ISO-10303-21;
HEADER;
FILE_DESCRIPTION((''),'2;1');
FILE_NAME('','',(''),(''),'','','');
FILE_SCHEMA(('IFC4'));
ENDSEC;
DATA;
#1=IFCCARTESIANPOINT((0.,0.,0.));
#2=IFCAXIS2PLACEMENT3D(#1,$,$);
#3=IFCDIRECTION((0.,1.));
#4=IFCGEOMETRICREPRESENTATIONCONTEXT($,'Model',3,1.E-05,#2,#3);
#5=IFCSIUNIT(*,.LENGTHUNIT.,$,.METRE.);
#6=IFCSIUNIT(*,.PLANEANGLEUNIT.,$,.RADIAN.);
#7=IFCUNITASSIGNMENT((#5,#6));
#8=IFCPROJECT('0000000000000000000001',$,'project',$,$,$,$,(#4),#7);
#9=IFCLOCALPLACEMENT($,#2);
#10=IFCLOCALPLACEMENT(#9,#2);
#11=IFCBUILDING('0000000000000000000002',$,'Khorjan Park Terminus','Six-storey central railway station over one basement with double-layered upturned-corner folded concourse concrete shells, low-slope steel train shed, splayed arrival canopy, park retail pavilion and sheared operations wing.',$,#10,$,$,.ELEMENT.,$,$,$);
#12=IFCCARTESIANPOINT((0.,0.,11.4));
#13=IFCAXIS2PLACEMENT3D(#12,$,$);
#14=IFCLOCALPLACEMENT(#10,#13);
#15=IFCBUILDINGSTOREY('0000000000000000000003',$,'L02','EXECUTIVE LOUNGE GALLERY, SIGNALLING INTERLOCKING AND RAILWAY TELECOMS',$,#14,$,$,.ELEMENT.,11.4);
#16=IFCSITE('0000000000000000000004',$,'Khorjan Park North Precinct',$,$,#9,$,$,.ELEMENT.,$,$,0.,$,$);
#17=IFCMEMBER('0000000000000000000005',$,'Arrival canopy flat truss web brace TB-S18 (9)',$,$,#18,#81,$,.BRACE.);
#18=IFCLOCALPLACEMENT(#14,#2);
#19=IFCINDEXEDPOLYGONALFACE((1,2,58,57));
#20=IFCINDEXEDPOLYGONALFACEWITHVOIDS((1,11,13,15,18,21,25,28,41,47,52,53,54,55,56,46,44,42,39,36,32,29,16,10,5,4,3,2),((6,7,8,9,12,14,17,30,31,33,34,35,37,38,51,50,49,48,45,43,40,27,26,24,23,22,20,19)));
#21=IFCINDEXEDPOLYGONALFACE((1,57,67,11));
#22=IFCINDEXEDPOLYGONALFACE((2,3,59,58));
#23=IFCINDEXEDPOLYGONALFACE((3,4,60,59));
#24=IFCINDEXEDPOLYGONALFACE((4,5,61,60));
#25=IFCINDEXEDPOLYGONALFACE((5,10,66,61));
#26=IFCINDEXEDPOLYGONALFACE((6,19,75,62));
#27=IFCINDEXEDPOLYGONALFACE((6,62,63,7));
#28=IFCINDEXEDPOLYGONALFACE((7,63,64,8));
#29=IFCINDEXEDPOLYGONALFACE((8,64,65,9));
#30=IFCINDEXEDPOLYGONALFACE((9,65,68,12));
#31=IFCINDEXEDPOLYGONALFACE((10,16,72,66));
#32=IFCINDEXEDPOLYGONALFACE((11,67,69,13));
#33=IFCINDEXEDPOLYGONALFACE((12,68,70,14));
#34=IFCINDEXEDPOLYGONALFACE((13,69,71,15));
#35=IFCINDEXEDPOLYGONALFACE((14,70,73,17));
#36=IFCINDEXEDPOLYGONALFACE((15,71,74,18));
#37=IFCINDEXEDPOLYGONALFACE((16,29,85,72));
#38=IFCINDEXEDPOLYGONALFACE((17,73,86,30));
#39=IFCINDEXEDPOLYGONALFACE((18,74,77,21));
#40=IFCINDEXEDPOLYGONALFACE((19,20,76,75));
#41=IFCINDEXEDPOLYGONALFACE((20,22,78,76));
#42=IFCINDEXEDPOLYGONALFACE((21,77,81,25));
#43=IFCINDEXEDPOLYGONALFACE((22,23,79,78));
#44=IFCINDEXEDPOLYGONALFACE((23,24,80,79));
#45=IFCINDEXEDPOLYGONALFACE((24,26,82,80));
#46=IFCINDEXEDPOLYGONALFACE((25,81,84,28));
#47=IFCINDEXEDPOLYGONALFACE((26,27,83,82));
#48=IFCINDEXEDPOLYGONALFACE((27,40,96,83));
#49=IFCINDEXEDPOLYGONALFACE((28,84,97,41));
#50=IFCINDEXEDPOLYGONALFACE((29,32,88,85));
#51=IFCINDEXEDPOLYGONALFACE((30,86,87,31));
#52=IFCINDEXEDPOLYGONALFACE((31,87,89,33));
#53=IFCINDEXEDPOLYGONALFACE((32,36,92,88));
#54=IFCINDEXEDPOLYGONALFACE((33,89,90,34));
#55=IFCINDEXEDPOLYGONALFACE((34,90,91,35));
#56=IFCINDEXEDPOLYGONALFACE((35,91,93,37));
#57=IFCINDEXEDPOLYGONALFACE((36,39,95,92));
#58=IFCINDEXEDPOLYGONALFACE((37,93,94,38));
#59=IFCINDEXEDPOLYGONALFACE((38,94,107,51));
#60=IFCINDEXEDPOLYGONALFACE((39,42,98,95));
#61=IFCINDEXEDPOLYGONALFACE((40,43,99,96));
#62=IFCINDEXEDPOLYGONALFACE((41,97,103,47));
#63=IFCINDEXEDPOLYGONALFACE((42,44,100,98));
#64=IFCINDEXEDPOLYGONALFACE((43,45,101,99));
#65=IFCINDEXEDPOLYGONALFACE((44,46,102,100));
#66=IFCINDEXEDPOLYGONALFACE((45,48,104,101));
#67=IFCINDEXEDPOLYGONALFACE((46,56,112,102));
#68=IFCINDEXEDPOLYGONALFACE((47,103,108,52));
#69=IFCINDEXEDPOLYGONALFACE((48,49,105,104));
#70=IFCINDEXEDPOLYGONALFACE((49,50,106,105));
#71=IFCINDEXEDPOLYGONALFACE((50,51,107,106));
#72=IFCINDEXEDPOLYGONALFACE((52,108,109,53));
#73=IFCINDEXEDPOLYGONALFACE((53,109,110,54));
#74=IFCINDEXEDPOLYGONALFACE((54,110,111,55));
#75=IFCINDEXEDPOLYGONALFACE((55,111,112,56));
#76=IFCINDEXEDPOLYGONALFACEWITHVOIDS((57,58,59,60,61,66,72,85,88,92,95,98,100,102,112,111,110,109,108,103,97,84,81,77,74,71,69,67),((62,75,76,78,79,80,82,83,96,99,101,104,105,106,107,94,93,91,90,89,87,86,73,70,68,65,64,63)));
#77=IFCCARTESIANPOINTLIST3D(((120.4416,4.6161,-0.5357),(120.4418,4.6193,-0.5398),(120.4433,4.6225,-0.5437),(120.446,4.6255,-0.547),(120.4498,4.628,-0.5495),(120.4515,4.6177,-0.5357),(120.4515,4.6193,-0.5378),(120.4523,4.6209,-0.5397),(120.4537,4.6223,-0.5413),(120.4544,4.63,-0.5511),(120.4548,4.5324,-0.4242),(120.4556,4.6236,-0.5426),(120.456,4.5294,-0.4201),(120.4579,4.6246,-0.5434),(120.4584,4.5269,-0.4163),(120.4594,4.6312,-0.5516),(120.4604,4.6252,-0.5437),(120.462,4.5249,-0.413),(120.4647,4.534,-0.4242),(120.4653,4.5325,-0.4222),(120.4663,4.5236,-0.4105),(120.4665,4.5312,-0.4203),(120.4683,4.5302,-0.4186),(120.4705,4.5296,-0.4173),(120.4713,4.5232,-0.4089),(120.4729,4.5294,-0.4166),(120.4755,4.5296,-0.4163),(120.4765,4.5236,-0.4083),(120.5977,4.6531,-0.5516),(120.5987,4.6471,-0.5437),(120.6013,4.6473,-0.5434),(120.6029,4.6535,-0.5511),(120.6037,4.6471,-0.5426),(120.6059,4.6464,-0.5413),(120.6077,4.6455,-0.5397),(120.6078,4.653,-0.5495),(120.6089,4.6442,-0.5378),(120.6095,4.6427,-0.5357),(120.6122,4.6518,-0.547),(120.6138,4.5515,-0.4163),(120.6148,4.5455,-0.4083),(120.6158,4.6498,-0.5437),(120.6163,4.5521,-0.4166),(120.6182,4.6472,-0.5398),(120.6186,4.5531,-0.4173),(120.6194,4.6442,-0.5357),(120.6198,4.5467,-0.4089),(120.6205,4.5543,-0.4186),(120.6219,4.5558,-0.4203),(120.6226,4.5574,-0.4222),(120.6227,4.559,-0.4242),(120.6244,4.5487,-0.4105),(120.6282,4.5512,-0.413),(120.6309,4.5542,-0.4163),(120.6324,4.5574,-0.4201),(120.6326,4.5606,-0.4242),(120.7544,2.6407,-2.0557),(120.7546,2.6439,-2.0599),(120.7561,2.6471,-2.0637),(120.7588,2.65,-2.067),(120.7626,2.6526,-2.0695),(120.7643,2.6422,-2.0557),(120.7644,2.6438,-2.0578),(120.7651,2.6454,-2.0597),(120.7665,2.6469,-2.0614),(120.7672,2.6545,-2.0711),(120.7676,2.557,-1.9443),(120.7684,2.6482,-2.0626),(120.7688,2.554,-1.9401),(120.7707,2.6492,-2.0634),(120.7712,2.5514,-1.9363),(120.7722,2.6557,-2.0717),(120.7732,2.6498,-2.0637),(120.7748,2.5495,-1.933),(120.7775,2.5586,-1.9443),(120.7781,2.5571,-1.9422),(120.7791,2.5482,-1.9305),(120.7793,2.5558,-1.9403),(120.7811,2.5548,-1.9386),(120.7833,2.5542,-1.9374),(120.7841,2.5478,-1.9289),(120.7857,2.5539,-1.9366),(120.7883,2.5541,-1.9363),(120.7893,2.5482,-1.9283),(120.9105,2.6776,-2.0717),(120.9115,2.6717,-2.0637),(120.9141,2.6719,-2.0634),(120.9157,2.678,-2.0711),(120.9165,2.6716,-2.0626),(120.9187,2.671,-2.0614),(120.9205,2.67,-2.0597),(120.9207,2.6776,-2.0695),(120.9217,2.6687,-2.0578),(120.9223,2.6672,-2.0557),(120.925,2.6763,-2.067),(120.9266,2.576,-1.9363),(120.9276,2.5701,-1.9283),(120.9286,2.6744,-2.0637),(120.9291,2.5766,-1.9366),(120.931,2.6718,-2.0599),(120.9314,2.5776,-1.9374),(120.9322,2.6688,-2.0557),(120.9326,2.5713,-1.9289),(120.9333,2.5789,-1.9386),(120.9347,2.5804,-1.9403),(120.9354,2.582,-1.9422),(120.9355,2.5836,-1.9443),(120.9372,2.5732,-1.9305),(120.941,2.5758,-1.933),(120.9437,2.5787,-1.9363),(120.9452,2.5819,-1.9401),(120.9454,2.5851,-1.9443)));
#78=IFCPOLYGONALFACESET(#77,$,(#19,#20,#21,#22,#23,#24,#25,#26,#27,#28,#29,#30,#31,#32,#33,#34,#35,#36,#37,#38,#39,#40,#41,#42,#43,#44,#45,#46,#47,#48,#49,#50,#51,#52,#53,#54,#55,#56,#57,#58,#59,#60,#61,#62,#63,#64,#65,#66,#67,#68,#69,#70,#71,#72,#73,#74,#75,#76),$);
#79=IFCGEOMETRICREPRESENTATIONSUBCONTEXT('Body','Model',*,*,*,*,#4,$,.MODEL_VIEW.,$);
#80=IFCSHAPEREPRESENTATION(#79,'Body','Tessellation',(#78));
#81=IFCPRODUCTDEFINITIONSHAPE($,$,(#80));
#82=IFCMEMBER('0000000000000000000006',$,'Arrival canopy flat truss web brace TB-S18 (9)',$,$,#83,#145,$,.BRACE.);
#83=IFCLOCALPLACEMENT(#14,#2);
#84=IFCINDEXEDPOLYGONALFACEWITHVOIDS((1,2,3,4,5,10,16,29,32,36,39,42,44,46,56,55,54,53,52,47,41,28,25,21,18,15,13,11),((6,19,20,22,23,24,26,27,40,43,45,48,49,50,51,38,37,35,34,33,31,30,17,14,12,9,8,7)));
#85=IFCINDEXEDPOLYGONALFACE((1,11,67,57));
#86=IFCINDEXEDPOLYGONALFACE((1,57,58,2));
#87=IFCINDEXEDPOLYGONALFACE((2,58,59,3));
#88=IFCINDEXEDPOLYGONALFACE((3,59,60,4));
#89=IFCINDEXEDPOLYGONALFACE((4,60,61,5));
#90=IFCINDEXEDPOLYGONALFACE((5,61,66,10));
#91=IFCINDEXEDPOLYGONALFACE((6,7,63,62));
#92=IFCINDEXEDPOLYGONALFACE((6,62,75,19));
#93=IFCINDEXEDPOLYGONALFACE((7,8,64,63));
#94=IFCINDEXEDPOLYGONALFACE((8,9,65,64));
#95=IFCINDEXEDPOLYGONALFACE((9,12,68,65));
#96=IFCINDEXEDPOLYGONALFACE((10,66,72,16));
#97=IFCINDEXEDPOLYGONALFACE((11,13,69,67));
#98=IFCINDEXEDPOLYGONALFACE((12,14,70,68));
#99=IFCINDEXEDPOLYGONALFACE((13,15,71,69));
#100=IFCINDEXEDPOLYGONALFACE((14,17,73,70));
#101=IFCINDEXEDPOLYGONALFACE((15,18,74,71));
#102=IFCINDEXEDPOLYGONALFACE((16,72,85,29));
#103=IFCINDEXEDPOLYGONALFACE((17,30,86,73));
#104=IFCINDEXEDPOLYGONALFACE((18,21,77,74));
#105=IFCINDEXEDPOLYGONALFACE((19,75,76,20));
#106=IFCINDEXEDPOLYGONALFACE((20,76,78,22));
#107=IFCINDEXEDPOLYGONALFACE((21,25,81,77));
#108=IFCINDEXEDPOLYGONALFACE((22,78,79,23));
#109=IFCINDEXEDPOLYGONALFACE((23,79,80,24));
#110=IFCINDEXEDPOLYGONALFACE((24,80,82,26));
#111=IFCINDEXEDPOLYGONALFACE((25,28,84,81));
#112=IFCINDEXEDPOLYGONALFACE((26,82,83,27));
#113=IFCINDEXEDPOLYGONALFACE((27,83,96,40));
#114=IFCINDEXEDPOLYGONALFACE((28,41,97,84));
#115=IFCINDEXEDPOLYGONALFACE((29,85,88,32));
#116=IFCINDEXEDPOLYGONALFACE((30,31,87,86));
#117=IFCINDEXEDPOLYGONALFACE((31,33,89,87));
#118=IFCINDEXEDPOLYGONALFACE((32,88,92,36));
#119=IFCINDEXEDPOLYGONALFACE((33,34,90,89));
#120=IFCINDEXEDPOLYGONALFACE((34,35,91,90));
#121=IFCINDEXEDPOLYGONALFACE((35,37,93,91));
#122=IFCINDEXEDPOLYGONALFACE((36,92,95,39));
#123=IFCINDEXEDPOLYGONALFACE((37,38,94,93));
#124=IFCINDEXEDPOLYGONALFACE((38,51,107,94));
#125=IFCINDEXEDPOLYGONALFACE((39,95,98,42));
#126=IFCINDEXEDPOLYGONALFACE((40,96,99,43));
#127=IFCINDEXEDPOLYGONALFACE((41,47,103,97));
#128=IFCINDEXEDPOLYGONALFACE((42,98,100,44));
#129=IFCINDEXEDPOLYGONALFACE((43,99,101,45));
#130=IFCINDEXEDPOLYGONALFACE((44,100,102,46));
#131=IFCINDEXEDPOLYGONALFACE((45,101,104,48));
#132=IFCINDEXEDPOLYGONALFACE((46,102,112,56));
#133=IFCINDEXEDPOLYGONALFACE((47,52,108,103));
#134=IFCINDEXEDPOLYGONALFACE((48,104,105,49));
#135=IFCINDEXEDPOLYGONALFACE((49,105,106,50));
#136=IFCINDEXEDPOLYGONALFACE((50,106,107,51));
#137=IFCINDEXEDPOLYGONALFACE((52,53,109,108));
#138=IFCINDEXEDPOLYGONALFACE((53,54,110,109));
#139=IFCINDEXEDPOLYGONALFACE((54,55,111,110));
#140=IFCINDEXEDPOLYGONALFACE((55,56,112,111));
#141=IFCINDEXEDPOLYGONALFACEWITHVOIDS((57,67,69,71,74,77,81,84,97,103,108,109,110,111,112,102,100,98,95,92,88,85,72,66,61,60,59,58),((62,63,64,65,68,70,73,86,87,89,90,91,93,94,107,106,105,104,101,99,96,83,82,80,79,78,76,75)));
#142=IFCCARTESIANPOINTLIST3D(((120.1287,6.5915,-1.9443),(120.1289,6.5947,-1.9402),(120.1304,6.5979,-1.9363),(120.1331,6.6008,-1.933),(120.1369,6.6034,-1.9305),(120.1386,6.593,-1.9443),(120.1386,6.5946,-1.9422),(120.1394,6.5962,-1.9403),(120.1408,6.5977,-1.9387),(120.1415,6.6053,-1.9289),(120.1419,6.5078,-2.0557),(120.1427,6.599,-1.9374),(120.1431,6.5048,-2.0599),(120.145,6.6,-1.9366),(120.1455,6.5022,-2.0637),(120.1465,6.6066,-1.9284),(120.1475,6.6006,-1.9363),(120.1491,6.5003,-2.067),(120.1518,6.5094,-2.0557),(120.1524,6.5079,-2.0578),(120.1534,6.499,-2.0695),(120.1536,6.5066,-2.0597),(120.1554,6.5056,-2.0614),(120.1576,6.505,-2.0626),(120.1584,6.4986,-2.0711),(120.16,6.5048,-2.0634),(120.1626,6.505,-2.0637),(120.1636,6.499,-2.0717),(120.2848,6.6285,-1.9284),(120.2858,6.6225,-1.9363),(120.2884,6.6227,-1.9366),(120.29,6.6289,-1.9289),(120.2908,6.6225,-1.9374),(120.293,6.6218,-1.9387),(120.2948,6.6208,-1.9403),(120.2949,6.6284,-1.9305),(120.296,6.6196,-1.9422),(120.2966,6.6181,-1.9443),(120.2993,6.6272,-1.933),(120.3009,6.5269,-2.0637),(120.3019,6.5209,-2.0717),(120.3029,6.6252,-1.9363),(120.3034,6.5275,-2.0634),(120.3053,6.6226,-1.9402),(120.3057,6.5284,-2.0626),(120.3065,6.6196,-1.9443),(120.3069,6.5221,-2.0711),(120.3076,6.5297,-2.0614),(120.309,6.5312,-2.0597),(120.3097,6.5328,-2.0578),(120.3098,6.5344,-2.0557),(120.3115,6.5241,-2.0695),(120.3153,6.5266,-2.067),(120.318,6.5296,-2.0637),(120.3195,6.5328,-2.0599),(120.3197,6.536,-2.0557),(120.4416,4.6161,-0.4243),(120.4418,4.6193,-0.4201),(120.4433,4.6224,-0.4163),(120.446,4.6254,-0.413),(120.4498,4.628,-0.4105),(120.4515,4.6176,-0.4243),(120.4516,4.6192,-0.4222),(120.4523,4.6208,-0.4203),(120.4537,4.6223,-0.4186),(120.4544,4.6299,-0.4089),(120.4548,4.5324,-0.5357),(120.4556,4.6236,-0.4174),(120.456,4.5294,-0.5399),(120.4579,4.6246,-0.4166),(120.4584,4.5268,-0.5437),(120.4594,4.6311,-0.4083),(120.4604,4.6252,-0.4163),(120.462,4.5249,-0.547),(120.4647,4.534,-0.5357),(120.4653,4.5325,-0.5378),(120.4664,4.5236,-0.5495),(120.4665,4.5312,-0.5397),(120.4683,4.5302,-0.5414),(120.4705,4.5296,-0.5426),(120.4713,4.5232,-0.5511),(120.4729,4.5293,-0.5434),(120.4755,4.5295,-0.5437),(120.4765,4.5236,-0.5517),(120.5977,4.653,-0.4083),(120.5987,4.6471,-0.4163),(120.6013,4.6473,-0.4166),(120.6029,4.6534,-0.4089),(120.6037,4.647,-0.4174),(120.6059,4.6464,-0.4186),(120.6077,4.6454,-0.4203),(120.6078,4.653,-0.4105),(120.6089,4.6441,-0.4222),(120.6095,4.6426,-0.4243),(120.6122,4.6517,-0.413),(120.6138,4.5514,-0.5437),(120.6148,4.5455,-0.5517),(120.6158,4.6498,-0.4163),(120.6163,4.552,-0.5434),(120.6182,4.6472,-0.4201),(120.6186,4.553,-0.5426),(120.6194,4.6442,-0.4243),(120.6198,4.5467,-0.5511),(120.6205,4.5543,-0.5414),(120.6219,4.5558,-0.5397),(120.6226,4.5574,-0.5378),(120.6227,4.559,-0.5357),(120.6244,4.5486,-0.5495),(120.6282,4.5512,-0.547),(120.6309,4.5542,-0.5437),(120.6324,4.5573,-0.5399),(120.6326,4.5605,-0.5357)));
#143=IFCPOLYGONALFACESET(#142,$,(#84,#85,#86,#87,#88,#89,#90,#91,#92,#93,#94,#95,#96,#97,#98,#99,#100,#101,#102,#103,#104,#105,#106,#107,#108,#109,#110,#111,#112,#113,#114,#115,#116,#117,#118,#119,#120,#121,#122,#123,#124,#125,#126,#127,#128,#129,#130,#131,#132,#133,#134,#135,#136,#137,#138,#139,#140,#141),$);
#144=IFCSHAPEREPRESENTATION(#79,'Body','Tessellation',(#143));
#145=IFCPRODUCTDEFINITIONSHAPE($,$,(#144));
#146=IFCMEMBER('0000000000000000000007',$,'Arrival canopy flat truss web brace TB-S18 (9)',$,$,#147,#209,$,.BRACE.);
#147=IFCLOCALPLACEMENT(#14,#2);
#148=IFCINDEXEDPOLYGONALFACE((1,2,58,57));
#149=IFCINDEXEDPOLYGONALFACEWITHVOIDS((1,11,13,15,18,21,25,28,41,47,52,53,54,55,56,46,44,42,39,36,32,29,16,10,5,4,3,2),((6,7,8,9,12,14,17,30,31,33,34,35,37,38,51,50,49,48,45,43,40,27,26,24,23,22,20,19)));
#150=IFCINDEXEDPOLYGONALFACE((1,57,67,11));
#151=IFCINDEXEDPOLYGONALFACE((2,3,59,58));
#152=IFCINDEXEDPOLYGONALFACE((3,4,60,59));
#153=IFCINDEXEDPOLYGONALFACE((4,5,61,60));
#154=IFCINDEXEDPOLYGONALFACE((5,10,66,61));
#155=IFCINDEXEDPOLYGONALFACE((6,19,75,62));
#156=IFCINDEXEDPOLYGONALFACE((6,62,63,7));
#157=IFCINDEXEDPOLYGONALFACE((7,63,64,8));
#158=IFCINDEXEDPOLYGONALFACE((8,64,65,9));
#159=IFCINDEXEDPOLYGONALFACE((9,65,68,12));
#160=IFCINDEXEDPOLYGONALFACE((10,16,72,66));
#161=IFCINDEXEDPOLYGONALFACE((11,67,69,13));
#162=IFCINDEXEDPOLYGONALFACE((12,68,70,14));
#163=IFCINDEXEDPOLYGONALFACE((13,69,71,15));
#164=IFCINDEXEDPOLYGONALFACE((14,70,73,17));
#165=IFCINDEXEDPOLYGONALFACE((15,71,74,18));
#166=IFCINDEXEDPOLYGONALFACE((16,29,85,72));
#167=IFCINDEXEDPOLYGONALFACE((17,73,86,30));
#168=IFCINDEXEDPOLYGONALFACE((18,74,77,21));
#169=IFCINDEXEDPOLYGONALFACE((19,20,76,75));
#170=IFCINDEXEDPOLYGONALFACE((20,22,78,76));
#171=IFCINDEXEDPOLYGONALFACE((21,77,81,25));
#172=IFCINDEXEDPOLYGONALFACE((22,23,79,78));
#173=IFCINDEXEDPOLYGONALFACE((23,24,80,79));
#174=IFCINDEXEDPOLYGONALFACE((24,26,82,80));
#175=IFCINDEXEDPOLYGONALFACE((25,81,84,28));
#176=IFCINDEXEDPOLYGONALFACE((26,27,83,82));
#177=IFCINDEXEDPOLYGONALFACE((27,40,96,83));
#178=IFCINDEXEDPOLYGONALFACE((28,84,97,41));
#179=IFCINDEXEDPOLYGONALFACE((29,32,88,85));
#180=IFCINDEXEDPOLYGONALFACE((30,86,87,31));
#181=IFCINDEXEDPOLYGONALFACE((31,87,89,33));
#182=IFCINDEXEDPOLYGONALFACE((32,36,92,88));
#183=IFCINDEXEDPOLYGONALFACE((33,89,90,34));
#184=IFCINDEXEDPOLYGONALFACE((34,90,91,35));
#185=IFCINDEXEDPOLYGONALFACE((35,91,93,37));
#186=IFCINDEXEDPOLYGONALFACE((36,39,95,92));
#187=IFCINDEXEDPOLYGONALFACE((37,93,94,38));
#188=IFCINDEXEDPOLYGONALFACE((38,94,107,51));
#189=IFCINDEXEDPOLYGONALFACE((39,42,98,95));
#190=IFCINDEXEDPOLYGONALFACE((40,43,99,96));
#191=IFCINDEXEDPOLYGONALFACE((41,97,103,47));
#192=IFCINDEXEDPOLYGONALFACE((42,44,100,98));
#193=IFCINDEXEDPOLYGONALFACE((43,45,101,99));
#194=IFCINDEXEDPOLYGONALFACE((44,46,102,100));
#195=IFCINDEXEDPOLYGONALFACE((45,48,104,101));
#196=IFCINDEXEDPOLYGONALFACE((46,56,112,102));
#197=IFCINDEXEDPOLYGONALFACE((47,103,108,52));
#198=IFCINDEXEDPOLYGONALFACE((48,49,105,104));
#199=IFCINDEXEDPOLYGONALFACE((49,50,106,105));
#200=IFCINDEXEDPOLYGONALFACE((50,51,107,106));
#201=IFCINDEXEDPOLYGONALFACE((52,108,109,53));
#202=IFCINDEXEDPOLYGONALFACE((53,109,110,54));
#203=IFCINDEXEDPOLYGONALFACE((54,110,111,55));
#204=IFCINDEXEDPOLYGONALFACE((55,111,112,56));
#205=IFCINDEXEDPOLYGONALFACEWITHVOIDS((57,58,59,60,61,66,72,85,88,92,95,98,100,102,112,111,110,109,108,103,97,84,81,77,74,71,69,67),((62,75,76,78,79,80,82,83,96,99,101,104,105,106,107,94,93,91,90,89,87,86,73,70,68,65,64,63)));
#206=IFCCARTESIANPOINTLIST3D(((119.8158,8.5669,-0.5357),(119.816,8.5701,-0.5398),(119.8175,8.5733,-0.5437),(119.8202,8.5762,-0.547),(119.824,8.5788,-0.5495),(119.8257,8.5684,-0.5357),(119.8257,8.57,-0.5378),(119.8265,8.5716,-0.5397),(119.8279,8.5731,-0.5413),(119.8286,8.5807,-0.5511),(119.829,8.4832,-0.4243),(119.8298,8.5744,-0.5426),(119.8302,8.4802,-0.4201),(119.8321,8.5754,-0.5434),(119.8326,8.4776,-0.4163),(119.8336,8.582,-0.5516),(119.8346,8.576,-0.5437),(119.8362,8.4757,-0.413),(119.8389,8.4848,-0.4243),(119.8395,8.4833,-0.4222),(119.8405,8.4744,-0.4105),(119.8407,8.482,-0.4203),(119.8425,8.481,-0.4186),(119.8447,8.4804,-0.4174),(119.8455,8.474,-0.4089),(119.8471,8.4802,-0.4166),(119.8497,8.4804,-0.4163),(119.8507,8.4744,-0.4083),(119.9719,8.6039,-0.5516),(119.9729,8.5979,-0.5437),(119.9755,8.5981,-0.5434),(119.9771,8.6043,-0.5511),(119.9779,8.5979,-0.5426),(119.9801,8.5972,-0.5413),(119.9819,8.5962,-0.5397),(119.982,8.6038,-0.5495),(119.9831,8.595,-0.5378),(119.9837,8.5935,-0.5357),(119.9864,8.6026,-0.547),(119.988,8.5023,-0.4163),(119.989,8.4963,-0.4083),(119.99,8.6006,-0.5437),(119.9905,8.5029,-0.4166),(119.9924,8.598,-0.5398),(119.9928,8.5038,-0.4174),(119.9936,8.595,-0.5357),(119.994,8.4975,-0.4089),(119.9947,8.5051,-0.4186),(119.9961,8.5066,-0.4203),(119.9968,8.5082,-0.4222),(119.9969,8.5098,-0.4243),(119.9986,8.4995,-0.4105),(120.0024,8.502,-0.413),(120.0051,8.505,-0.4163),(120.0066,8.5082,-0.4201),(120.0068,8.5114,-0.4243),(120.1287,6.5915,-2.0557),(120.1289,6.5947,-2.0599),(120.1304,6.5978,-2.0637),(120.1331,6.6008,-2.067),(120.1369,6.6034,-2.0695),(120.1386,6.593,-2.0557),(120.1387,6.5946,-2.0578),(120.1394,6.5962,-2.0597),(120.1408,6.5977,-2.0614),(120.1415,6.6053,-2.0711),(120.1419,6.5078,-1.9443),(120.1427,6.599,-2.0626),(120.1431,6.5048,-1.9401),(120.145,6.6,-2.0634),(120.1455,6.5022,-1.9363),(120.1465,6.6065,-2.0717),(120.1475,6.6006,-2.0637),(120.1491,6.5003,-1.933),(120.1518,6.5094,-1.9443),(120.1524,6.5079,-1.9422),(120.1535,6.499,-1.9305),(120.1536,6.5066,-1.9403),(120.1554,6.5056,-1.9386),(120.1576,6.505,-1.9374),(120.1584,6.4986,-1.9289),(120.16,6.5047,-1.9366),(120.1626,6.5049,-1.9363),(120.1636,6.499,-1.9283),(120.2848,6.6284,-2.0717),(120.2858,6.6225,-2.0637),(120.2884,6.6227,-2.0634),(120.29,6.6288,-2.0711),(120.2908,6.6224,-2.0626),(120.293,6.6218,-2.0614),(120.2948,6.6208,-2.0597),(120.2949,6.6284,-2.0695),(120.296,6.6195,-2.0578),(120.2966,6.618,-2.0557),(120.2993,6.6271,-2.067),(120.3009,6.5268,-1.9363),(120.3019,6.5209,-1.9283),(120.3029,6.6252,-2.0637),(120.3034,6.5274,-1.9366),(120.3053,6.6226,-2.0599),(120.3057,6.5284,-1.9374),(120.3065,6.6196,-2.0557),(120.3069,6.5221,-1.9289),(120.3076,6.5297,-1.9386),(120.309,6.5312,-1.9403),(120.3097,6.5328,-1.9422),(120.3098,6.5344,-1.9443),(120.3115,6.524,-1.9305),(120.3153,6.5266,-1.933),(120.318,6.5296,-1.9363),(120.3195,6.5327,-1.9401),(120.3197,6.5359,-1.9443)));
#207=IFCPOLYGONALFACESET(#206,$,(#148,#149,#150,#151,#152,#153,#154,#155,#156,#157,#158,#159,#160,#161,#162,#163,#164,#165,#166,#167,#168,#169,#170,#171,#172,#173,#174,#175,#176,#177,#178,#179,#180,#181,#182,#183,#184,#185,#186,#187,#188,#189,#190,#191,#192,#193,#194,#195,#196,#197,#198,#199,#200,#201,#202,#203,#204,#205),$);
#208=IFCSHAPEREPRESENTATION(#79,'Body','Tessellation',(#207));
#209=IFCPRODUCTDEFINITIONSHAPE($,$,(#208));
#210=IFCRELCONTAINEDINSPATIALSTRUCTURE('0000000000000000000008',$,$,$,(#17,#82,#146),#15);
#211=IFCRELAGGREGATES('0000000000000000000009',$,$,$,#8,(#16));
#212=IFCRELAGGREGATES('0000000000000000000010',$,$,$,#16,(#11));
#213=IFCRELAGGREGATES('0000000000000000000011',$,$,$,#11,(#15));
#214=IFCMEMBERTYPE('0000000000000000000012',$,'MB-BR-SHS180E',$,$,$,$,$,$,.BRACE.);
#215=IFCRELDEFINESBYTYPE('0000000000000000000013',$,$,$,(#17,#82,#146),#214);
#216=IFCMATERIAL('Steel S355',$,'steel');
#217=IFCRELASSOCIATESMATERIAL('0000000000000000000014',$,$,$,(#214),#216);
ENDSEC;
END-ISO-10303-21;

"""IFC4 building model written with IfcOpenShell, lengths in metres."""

from ifc_helpers import new_model, si_unit, direction, frame, origin, origin_2d, place, context, subcontext, project, spatial, hollow_rectangle, extrude, material, material_profile, profile_set, type_object, element, save


model = new_model("IFC4")

# Units and contexts
model_context = context("Model", 3, precision=1e-05, world=origin(), true_north=direction((0.0, 1.0)))
body_context = subcontext(model_context, "Body", "Model", "MODEL_VIEW")
ifc_project = project(units=[si_unit("LENGTHUNIT", "METRE"), si_unit("PLANEANGLEUNIT", "RADIAN")], contexts=[model_context])

# Site, building, storey
site_placement = place(None, origin())
site = spatial("IfcSite", under=ifc_project, at=site_placement, Name="Khorjan Park North Precinct", CompositionType="ELEMENT", RefElevation=0.0)
building_placement = place(site_placement, origin())
building = spatial("IfcBuilding", under=site, at=building_placement, Name="Khorjan Park Terminus", Description="Six-storey central railway station over one basement with double-layered upturned-corner folded concourse concrete shells, low-slope steel train shed, splayed arrival canopy, park retail pavilion and sheared operations wing.", CompositionType="ELEMENT")
storey_placement = place(building_placement, frame((0.0, 0.0, 11.4)))
storey = spatial("IfcBuildingStorey", under=building, at=storey_placement, Name="L02", Description="EXECUTIVE LOUNGE GALLERY, SIGNALLING INTERLOCKING AND RAILWAY TELECOMS", CompositionType="ELEMENT", Elevation=11.4)

# Members
ifc_material = material(Name="Steel S355", Category="steel")
ifc_material_profile_1 = material_profile(ifc_material, hollow_rectangle(XDim=0.18, YDim=0.18, WallThickness=0.01, InnerFilletRadius=0.01, OuterFilletRadius=0.02, at=origin_2d()), Name="SHS 180x180x10")
ifc_profile_set_1 = profile_set([ifc_material_profile_1], Name="Steel S355")
member_type_1 = type_object("IfcMemberType", Name="MB-BR-SHS180E", PredefinedType="BRACE", material=ifc_profile_set_1)
for number, where, z_axis, x_axis, name in (
    (1, (120.8499, 2.6129, -2.0), (-0.124519, 0.786366, 0.605081), (-0.987694, -0.156399, 0.0), "Arrival canopy flat truss web brace TB-S18 (9)"),
    (2, (120.5371, 4.5883, -0.48), (-0.124558, 0.786362, -0.605078), (-0.987686, -0.156448, 0.0), "Arrival canopy flat truss web brace TB-S18 (9)"),
    (3, (120.2242, 6.5637, -2.0), (-0.124558, 0.786362, 0.605078), (-0.987686, -0.156448, 0.0), "Arrival canopy flat truss web brace TB-S18 (9)"),
):
    element("IfcMember", number, at=place(storey_placement, frame(where, z_axis=z_axis, x_axis=x_axis)), inside=storey, type_object=member_type_1, Name=name, PredefinedType="BRACE", context=body_context, shape_type="SweptSolid", body=[
        extrude(hollow_rectangle(XDim=0.18, YDim=0.18, WallThickness=0.01, InnerFilletRadius=0.01, OuterFilletRadius=0.02, at=origin_2d()), origin(), (0.0, 0.0, 1.0), 2.5121),
    ])

save(model, "model.ifc")
